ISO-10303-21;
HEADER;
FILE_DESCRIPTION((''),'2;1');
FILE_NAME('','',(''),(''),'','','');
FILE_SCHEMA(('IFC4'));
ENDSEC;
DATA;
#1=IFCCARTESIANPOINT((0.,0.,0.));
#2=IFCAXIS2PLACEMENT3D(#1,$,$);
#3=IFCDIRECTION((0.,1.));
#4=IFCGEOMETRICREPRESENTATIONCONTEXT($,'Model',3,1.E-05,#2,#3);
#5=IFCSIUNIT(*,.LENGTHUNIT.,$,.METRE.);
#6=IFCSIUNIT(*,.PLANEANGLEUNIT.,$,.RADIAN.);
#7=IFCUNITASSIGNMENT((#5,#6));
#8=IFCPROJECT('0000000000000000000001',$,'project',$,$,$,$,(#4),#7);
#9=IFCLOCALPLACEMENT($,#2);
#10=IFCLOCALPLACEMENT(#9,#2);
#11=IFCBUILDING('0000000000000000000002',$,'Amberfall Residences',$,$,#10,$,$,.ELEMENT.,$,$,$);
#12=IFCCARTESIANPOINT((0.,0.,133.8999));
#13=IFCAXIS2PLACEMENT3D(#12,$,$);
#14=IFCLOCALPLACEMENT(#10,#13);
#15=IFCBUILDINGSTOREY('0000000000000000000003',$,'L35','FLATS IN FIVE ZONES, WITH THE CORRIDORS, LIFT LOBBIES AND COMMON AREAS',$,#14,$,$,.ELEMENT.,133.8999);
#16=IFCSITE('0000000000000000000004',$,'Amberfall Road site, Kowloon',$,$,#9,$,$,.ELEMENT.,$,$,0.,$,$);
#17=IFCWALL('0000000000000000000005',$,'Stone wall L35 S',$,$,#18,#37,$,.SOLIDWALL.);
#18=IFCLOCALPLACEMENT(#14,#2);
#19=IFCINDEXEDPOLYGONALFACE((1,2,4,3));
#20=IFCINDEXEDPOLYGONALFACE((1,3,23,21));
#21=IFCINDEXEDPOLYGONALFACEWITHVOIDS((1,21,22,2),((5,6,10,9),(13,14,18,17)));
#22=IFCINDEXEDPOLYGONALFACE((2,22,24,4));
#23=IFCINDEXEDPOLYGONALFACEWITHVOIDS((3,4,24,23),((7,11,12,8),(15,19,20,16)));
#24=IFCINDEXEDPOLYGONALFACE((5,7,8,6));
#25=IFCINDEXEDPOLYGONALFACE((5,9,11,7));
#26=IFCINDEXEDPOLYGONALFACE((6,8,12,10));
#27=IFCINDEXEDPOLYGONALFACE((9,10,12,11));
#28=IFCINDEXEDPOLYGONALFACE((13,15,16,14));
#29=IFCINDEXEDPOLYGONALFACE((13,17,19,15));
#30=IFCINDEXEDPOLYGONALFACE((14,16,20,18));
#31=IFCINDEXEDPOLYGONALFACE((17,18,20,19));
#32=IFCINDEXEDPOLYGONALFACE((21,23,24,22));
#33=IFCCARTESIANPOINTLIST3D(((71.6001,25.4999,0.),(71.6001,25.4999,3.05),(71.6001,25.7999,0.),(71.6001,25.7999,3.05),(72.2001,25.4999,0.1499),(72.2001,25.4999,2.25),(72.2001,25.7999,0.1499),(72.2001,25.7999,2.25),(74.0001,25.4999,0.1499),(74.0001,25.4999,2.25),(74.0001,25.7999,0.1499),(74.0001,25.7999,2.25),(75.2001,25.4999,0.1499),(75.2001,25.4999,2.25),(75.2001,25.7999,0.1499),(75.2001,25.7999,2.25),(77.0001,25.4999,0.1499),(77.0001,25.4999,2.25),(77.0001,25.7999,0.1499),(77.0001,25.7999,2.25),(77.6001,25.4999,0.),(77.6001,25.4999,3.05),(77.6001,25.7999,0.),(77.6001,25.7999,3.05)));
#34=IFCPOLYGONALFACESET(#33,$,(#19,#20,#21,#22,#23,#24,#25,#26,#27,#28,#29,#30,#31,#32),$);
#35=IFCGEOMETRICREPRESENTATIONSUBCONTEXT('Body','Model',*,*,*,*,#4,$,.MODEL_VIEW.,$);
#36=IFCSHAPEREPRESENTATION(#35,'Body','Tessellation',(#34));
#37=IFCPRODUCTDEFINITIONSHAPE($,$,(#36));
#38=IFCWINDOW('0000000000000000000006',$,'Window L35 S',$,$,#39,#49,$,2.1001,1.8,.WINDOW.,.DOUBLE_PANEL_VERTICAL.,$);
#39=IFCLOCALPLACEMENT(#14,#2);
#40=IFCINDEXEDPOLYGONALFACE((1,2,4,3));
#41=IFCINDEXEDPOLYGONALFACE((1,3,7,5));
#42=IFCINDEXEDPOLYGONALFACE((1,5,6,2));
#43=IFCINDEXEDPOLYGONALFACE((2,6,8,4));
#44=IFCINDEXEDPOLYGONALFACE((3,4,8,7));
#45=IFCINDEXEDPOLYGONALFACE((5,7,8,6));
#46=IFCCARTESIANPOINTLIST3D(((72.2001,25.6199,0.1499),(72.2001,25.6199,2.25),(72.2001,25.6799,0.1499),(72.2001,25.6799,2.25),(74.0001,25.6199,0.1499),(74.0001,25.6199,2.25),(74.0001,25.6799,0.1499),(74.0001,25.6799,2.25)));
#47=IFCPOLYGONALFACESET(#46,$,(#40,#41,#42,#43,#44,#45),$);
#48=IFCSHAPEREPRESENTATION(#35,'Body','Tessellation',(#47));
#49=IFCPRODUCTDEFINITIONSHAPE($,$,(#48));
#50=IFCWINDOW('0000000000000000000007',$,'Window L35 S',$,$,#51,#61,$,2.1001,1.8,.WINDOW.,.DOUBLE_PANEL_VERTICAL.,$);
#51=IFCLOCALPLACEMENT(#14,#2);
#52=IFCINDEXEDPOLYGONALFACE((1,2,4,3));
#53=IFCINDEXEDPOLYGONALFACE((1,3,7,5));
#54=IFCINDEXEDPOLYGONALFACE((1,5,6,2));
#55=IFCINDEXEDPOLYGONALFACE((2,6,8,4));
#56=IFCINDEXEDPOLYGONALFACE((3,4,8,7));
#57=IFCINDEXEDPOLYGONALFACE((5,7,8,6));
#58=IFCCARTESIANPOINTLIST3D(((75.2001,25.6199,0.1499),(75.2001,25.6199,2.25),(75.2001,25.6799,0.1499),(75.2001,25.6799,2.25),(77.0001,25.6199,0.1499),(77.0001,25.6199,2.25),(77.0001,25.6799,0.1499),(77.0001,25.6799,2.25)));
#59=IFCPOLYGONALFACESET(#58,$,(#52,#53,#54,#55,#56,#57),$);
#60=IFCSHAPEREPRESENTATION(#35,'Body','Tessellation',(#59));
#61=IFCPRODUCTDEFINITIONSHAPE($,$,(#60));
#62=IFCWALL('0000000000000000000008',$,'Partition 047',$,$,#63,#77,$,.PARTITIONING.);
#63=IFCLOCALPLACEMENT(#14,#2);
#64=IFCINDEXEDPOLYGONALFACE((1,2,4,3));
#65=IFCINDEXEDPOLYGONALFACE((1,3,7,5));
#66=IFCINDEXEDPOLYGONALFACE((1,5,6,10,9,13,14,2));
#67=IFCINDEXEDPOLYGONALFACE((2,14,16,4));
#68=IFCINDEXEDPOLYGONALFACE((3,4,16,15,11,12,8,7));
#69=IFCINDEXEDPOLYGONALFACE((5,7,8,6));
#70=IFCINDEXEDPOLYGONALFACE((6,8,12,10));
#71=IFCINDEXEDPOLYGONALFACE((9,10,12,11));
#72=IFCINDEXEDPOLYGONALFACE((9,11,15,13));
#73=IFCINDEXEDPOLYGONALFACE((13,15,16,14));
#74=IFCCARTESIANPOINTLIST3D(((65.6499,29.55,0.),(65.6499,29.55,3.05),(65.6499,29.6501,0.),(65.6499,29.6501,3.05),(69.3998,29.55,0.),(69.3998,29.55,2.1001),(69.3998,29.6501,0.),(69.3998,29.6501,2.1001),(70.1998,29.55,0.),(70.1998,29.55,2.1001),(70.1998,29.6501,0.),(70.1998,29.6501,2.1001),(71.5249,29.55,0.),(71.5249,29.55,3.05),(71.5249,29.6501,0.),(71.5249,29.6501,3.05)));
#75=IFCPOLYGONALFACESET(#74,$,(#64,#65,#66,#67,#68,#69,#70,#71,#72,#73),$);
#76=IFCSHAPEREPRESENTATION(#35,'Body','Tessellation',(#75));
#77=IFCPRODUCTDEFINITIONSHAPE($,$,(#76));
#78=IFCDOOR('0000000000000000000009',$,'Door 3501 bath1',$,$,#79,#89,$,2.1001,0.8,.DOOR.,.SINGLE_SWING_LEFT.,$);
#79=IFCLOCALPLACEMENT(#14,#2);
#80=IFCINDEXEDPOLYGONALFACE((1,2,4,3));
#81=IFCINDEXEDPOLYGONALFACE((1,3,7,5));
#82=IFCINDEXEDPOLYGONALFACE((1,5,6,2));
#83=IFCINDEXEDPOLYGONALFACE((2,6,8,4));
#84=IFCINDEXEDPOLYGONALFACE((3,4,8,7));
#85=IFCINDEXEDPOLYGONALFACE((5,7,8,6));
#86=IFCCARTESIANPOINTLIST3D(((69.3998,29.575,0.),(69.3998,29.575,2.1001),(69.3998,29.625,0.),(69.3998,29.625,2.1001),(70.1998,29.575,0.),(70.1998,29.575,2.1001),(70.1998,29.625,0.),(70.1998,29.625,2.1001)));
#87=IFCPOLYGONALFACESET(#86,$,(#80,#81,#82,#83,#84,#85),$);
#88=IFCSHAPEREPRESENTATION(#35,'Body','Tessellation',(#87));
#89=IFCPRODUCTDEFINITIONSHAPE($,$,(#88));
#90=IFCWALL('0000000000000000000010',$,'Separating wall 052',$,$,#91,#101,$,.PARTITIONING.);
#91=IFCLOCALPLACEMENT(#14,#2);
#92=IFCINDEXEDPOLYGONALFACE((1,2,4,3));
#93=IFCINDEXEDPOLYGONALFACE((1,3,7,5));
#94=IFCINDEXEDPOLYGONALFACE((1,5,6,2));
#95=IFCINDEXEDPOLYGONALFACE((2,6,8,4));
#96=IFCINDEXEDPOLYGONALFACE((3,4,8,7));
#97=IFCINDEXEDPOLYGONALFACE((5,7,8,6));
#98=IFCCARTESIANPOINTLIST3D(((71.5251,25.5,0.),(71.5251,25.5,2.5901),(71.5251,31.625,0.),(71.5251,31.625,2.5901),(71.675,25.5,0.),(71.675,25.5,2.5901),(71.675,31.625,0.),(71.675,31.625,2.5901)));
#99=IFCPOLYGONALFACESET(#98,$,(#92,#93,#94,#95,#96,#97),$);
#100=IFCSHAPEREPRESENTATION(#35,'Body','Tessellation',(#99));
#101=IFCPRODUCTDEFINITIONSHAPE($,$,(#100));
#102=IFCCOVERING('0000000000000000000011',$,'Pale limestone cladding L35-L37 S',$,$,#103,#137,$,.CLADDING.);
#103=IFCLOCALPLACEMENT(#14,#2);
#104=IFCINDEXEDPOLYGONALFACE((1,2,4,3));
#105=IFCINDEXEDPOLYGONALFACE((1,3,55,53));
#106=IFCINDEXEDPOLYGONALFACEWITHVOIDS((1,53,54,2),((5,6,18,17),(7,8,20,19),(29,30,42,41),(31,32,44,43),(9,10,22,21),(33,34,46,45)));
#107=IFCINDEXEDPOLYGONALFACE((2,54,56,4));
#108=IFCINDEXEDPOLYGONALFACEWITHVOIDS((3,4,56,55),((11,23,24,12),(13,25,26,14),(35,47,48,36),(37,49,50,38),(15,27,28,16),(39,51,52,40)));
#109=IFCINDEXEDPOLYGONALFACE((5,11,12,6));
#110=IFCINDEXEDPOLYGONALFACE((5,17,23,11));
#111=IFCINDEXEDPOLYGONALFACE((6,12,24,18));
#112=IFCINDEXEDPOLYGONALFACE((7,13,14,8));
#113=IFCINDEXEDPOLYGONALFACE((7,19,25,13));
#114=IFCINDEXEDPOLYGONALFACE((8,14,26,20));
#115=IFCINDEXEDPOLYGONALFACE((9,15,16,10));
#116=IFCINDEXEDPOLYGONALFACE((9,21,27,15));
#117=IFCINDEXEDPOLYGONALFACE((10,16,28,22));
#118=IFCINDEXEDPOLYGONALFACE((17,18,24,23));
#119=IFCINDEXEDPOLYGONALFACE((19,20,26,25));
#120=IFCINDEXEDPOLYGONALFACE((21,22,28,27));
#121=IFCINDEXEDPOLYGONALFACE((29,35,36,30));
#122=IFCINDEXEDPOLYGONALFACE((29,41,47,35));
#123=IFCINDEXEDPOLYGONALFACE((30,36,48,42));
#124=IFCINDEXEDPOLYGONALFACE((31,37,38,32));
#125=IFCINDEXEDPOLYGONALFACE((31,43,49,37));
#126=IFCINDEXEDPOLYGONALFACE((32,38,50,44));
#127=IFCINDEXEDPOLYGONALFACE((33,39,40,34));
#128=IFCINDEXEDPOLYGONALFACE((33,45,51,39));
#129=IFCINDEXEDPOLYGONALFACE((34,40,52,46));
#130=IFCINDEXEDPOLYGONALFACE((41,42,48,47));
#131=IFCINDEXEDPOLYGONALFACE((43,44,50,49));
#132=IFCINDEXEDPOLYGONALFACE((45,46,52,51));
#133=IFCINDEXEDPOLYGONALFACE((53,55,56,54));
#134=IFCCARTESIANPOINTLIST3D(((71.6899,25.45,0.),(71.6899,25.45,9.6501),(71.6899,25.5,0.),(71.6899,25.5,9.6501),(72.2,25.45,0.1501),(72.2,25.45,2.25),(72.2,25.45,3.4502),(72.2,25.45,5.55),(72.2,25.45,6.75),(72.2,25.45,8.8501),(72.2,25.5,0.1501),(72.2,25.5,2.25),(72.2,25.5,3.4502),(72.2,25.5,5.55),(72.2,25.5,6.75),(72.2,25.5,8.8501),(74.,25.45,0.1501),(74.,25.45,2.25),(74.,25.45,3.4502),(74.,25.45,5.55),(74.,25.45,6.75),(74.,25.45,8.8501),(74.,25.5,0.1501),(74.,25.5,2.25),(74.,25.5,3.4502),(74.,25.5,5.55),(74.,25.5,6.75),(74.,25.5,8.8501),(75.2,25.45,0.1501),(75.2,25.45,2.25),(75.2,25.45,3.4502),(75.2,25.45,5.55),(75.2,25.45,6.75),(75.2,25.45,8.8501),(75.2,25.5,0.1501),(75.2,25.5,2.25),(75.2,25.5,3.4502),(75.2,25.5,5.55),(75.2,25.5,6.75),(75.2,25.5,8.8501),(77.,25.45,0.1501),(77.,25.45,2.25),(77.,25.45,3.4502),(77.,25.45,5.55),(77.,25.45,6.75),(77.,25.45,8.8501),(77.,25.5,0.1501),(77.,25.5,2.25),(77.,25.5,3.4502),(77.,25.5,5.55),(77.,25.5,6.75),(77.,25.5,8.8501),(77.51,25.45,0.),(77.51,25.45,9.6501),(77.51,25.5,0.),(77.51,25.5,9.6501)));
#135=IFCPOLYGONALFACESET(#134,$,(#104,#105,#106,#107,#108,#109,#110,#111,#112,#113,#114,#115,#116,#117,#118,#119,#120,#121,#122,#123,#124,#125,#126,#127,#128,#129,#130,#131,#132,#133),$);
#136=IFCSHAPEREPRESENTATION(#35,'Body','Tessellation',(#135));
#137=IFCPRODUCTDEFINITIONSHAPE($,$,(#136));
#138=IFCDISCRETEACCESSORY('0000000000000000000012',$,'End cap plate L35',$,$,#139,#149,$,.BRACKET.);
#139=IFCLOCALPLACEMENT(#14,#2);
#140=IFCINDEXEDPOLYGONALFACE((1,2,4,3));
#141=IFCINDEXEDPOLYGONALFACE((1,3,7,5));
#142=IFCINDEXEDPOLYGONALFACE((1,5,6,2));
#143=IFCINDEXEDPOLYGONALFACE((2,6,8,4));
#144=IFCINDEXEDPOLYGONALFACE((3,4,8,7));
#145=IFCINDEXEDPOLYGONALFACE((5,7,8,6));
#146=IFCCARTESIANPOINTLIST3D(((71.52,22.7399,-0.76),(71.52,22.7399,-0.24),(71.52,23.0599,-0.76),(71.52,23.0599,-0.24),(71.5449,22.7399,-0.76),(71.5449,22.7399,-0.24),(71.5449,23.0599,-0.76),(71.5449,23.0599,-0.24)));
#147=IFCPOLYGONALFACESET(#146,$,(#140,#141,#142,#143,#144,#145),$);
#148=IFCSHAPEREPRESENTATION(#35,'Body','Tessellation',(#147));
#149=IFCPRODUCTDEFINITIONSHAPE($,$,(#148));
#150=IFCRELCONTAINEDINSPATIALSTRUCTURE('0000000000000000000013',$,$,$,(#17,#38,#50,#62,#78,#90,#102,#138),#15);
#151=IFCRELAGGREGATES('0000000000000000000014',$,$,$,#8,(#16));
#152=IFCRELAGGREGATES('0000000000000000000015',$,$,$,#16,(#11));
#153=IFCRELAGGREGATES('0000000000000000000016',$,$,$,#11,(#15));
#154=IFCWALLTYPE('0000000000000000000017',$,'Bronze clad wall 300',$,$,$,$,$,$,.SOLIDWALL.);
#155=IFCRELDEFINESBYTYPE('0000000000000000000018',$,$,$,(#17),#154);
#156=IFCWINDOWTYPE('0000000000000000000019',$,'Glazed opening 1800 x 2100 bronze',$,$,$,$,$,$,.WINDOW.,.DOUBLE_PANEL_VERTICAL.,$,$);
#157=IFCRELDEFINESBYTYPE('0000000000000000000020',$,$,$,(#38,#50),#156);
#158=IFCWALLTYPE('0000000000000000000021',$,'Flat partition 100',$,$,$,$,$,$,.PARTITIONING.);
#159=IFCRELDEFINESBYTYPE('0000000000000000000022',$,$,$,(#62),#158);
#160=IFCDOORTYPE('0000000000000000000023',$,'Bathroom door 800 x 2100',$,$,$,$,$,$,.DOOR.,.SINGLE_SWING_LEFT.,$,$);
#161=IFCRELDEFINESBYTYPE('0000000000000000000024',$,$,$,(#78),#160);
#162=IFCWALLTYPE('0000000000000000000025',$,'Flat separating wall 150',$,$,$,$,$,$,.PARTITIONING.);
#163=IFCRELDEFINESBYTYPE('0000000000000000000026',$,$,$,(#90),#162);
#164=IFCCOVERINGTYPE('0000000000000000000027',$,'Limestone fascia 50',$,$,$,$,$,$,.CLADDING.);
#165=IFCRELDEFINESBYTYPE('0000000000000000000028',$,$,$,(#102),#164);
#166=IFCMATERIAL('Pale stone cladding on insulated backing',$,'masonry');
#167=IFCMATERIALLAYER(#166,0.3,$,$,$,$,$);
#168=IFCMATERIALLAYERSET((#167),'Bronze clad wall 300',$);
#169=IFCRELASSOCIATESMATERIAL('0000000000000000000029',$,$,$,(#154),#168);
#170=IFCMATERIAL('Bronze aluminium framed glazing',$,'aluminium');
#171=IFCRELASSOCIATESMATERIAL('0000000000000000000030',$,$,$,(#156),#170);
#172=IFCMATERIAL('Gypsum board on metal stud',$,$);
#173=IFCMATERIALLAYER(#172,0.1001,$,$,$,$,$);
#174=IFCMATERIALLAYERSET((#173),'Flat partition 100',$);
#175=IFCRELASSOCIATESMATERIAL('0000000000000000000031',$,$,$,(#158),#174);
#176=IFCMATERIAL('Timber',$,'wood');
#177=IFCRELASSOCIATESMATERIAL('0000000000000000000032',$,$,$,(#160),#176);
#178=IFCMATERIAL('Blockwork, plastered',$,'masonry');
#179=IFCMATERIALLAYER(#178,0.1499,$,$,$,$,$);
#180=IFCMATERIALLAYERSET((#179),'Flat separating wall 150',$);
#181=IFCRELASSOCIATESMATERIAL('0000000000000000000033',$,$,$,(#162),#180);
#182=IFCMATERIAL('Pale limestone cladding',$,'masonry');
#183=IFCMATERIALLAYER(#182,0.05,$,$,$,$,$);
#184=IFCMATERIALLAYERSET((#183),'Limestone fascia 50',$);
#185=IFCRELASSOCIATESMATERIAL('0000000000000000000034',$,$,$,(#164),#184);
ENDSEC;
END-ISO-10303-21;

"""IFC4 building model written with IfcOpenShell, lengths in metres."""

from ifc_helpers import new_model, si_unit, direction, frame, frame_2d, origin, origin_2d, place, context, subcontext, project, spatial, polyline, rectangle, outline, extrude, material, layer, layer_set, type_object, element, fill, save


model = new_model("IFC4")

# Units and contexts
model_context = context("Model", 3, precision=1e-05, world=origin(), true_north=direction((0.0, 1.0)))
body_context = subcontext(model_context, "Body", "Model", "MODEL_VIEW")
ifc_project = project(units=[si_unit("LENGTHUNIT", "METRE"), si_unit("PLANEANGLEUNIT", "RADIAN")], contexts=[model_context])

# Site, building, storey
site_placement = place(None, origin())
site = spatial("IfcSite", under=ifc_project, at=site_placement, Name="Amberfall Road site, Kowloon", CompositionType="ELEMENT", RefElevation=0.0)
building_placement = place(site_placement, origin())
building = spatial("IfcBuilding", under=site, at=building_placement, Name="Amberfall Residences", CompositionType="ELEMENT")
storey_placement = place(building_placement, frame((0.0, 0.0, 133.8999)))
storey = spatial("IfcBuildingStorey", under=building, at=storey_placement, Name="L35", Description="FLATS IN FIVE ZONES, WITH THE CORRIDORS, LIFT LOBBIES AND COMMON AREAS", CompositionType="ELEMENT", Elevation=133.8999)

# Shared definitions
ifc_material_1 = material(Name="Pale stone cladding on insulated backing", Category="masonry")
ifc_layer_1 = layer(ifc_material_1, 0.3)
ifc_layer_set_1 = layer_set([ifc_layer_1], Name="Bronze clad wall 300")
wall_type_1 = type_object("IfcWallType", Name="Bronze clad wall 300", PredefinedType="SOLIDWALL", material=ifc_layer_set_1)
ifc_material_2 = material(Name="Bronze aluminium framed glazing", Category="aluminium")

# Wall, openings, windows
wall_1_placement = place(storey_placement, frame((71.6001, 25.6499, 0.0), z_axis=(0.0, 0.0, 1.0), x_axis=(1.0, 0.0, 0.0)))
wall_1 = element("IfcWall", 1, at=wall_1_placement, inside=storey, type_object=wall_type_1, Name="Stone wall L35 S", PredefinedType="SOLIDWALL", context=body_context, shape_type="SweptSolid", body=[
    extrude(rectangle(XDim=6.0, YDim=0.3, at=frame_2d((3.0, 0.0))), origin(), (0.0, 0.0, 1.0), 3.05),
])
opening_1_placement = place(wall_1_placement, frame((0.6001, 0.0, 0.1499)))
opening_1 = element("IfcOpeningElement", 2, at=opening_1_placement, cuts=wall_1, PredefinedType="OPENING", context=body_context, shape_type="SweptSolid", body=[
    extrude(rectangle(XDim=1.8, YDim=2.1001, at=frame_2d((0.8999, 1.05))), frame((0.0, 0.1599, 0.0), z_axis=(0.0, -1.0, 0.0), x_axis=(1.0, 0.0, 0.0)), (0.0, 0.0, 1.0), 0.3201),
])
opening_2_placement = place(wall_1_placement, frame((3.6001, 0.0, 0.1499)))
opening_2 = element("IfcOpeningElement", 3, at=opening_2_placement, cuts=wall_1, PredefinedType="OPENING", context=body_context, shape_type="SweptSolid", body=[
    extrude(rectangle(XDim=1.8, YDim=2.1001, at=frame_2d((0.8999, 1.05))), frame((0.0, 0.1599, 0.0), z_axis=(0.0, -1.0, 0.0), x_axis=(1.0, 0.0, 0.0)), (0.0, 0.0, 1.0), 0.3201),
])
window_type_1 = type_object("IfcWindowType", Name="Glazed opening 1800 x 2100 bronze", PartitioningType="DOUBLE_PANEL_VERTICAL", PredefinedType="WINDOW", material=ifc_material_2)
window_1_placement = place(opening_1_placement, origin())
window_1 = element("IfcWindow", 4, at=window_1_placement, inside=storey, type_object=window_type_1, Name="Window L35 S", OverallHeight=2.1001, OverallWidth=1.8, PartitioningType="DOUBLE_PANEL_VERTICAL", PredefinedType="WINDOW", context=body_context, shape_type="SweptSolid", body=[
    extrude(rectangle(XDim=1.8, YDim=2.1001, at=frame_2d((0.8999, 1.05))), frame((0.0, 0.03, 0.0), z_axis=(0.0, -1.0, 0.0), x_axis=(1.0, 0.0, 0.0)), (0.0, 0.0, 1.0), 0.0601),
])
fill(opening_1, window_1)
window_2_placement = place(opening_2_placement, origin())
window_2 = element("IfcWindow", 5, at=window_2_placement, inside=storey, type_object=window_type_1, Name="Window L35 S", OverallHeight=2.1001, OverallWidth=1.8, PartitioningType="DOUBLE_PANEL_VERTICAL", PredefinedType="WINDOW", context=body_context, shape_type="SweptSolid", body=[
    extrude(rectangle(XDim=1.8, YDim=2.1001, at=frame_2d((0.8999, 1.05))), frame((0.0, 0.03, 0.0), z_axis=(0.0, -1.0, 0.0), x_axis=(1.0, 0.0, 0.0)), (0.0, 0.0, 1.0), 0.0601),
])
fill(opening_2, window_2)

# Wall, opening, door
ifc_material_3 = material(Name="Gypsum board on metal stud")
ifc_layer_2 = layer(ifc_material_3, 0.1001)
ifc_layer_set_2 = layer_set([ifc_layer_2], Name="Flat partition 100")
wall_type_2 = type_object("IfcWallType", Name="Flat partition 100", PredefinedType="PARTITIONING", material=ifc_layer_set_2)
wall_2_placement = place(storey_placement, frame((65.6499, 29.6001, 0.0), z_axis=(0.0, 0.0, 1.0), x_axis=(1.0, 0.0, 0.0)))
wall_2 = element("IfcWall", 6, at=wall_2_placement, inside=storey, type_object=wall_type_2, Name="Partition 047", PredefinedType="PARTITIONING", context=body_context, shape_type="SweptSolid", body=[
    extrude(rectangle(XDim=5.875, YDim=0.1001, at=frame_2d((2.9375, 0.0))), origin(), (0.0, 0.0, 1.0), 3.05),
])
opening_3_placement = place(wall_2_placement, frame((3.75, 0.0, 0.0)))
opening_3 = element("IfcOpeningElement", 7, at=opening_3_placement, cuts=wall_2, PredefinedType="OPENING", context=body_context, shape_type="SweptSolid", body=[
    extrude(rectangle(XDim=0.8, YDim=2.1001, at=frame_2d((0.3999, 1.05))), frame((0.0, 0.0601, 0.0), z_axis=(0.0, -1.0, 0.0), x_axis=(1.0, 0.0, 0.0)), (0.0, 0.0, 1.0), 0.1201),
])
ifc_material_4 = material(Name="Timber", Category="wood")
door_type = type_object("IfcDoorType", Name="Bathroom door 800 x 2100", OperationType="SINGLE_SWING_LEFT", PredefinedType="DOOR", material=ifc_material_4)
door_placement = place(opening_3_placement, origin())
door = element("IfcDoor", 8, at=door_placement, inside=storey, type_object=door_type, Name="Door 3501 bath1", OperationType="SINGLE_SWING_LEFT", OverallHeight=2.1001, OverallWidth=0.8, PredefinedType="DOOR", context=body_context, shape_type="SweptSolid", body=[
    extrude(rectangle(XDim=0.8, YDim=2.1001, at=frame_2d((0.3999, 1.05))), frame((0.0, 0.0249, 0.0), z_axis=(0.0, -1.0, 0.0), x_axis=(1.0, 0.0, 0.0)), (0.0, 0.0, 1.0), 0.05),
])
fill(opening_3, door)

# Wall
ifc_material_5 = material(Name="Blockwork, plastered", Category="masonry")
ifc_layer_3 = layer(ifc_material_5, 0.1499)
ifc_layer_set_3 = layer_set([ifc_layer_3], Name="Flat separating wall 150")
wall_type_3 = type_object("IfcWallType", Name="Flat separating wall 150", PredefinedType="PARTITIONING", material=ifc_layer_set_3)
wall_3_placement = place(storey_placement, frame((71.6001, 25.5, 0.0), z_axis=(0.0, 0.0, 1.0), x_axis=(0.0, 1.0, 0.0)))
element("IfcWall", 9, at=wall_3_placement, inside=storey, type_object=wall_type_3, Name="Separating wall 052", PredefinedType="PARTITIONING", context=body_context, shape_type="SweptSolid", body=[
    extrude(rectangle(XDim=6.125, YDim=0.1499, at=frame_2d((3.0625, 0.0))), origin(), (0.0, 0.0, 1.0), 2.5901),
])

# Covering
ifc_material_6 = material(Name="Pale limestone cladding", Category="masonry")
ifc_layer_4 = layer(ifc_material_6, 0.05)
ifc_layer_set_4 = layer_set([ifc_layer_4], Name="Limestone fascia 50")
covering_type = type_object("IfcCoveringType", Name="Limestone fascia 50", PredefinedType="CLADDING", material=ifc_layer_set_4)
covering_placement = place(storey_placement, frame((71.6899, 25.5, 9.6501), z_axis=(0.0, 1.0, 0.0), x_axis=(1.0, 0.0, 0.0)))
element("IfcCovering", 10, at=covering_placement, inside=storey, type_object=covering_type, Name="Pale limestone cladding L35-L37 S", PredefinedType="CLADDING", context=body_context, shape_type="SweptSolid", body=[
    extrude(outline(polyline([(0.0, 0.0), (5.8201, 0.0), (5.8201, 9.6501), (0.0, 9.6501), (0.0, 0.0)]), holes=[polyline([(0.51, 7.4001), (2.3101, 7.4001), (2.3101, 9.5), (0.51, 9.5), (0.51, 7.4001)]), polyline([(3.51, 7.4001), (5.3101, 7.4001), (5.3101, 9.5), (3.51, 9.5), (3.51, 7.4001)]), polyline([(0.51, 4.1001), (2.3101, 4.1001), (2.3101, 6.2), (0.51, 6.2), (0.51, 4.1001)]), polyline([(3.51, 4.1001), (5.3101, 4.1001), (5.3101, 6.2), (3.51, 6.2), (3.51, 4.1001)]), polyline([(0.51, 0.8), (2.3101, 0.8), (2.3101, 2.9001), (0.51, 2.9001), (0.51, 0.8)]), polyline([(3.51, 0.8), (5.3101, 0.8), (5.3101, 2.9001), (3.51, 2.9001), (3.51, 0.8)])]), origin(), (0.0, 0.0, -1.0), 0.05),
])

# Discrete accessory
discrete_accessory_placement = place(storey_placement, frame((71.5325, 22.8999, -0.76), z_axis=(0.0, 0.0, 1.0), x_axis=(1.0, 0.0, 0.0)))
element("IfcDiscreteAccessory", 11, at=discrete_accessory_placement, inside=storey, Name="End cap plate L35", PredefinedType="BRACKET", context=body_context, shape_type="SweptSolid", body=[
    extrude(rectangle(XDim=0.0249, YDim=0.3201, at=origin_2d()), origin(), (0.0, 0.0, 1.0), 0.52),
])

save(model, "model.ifc")
